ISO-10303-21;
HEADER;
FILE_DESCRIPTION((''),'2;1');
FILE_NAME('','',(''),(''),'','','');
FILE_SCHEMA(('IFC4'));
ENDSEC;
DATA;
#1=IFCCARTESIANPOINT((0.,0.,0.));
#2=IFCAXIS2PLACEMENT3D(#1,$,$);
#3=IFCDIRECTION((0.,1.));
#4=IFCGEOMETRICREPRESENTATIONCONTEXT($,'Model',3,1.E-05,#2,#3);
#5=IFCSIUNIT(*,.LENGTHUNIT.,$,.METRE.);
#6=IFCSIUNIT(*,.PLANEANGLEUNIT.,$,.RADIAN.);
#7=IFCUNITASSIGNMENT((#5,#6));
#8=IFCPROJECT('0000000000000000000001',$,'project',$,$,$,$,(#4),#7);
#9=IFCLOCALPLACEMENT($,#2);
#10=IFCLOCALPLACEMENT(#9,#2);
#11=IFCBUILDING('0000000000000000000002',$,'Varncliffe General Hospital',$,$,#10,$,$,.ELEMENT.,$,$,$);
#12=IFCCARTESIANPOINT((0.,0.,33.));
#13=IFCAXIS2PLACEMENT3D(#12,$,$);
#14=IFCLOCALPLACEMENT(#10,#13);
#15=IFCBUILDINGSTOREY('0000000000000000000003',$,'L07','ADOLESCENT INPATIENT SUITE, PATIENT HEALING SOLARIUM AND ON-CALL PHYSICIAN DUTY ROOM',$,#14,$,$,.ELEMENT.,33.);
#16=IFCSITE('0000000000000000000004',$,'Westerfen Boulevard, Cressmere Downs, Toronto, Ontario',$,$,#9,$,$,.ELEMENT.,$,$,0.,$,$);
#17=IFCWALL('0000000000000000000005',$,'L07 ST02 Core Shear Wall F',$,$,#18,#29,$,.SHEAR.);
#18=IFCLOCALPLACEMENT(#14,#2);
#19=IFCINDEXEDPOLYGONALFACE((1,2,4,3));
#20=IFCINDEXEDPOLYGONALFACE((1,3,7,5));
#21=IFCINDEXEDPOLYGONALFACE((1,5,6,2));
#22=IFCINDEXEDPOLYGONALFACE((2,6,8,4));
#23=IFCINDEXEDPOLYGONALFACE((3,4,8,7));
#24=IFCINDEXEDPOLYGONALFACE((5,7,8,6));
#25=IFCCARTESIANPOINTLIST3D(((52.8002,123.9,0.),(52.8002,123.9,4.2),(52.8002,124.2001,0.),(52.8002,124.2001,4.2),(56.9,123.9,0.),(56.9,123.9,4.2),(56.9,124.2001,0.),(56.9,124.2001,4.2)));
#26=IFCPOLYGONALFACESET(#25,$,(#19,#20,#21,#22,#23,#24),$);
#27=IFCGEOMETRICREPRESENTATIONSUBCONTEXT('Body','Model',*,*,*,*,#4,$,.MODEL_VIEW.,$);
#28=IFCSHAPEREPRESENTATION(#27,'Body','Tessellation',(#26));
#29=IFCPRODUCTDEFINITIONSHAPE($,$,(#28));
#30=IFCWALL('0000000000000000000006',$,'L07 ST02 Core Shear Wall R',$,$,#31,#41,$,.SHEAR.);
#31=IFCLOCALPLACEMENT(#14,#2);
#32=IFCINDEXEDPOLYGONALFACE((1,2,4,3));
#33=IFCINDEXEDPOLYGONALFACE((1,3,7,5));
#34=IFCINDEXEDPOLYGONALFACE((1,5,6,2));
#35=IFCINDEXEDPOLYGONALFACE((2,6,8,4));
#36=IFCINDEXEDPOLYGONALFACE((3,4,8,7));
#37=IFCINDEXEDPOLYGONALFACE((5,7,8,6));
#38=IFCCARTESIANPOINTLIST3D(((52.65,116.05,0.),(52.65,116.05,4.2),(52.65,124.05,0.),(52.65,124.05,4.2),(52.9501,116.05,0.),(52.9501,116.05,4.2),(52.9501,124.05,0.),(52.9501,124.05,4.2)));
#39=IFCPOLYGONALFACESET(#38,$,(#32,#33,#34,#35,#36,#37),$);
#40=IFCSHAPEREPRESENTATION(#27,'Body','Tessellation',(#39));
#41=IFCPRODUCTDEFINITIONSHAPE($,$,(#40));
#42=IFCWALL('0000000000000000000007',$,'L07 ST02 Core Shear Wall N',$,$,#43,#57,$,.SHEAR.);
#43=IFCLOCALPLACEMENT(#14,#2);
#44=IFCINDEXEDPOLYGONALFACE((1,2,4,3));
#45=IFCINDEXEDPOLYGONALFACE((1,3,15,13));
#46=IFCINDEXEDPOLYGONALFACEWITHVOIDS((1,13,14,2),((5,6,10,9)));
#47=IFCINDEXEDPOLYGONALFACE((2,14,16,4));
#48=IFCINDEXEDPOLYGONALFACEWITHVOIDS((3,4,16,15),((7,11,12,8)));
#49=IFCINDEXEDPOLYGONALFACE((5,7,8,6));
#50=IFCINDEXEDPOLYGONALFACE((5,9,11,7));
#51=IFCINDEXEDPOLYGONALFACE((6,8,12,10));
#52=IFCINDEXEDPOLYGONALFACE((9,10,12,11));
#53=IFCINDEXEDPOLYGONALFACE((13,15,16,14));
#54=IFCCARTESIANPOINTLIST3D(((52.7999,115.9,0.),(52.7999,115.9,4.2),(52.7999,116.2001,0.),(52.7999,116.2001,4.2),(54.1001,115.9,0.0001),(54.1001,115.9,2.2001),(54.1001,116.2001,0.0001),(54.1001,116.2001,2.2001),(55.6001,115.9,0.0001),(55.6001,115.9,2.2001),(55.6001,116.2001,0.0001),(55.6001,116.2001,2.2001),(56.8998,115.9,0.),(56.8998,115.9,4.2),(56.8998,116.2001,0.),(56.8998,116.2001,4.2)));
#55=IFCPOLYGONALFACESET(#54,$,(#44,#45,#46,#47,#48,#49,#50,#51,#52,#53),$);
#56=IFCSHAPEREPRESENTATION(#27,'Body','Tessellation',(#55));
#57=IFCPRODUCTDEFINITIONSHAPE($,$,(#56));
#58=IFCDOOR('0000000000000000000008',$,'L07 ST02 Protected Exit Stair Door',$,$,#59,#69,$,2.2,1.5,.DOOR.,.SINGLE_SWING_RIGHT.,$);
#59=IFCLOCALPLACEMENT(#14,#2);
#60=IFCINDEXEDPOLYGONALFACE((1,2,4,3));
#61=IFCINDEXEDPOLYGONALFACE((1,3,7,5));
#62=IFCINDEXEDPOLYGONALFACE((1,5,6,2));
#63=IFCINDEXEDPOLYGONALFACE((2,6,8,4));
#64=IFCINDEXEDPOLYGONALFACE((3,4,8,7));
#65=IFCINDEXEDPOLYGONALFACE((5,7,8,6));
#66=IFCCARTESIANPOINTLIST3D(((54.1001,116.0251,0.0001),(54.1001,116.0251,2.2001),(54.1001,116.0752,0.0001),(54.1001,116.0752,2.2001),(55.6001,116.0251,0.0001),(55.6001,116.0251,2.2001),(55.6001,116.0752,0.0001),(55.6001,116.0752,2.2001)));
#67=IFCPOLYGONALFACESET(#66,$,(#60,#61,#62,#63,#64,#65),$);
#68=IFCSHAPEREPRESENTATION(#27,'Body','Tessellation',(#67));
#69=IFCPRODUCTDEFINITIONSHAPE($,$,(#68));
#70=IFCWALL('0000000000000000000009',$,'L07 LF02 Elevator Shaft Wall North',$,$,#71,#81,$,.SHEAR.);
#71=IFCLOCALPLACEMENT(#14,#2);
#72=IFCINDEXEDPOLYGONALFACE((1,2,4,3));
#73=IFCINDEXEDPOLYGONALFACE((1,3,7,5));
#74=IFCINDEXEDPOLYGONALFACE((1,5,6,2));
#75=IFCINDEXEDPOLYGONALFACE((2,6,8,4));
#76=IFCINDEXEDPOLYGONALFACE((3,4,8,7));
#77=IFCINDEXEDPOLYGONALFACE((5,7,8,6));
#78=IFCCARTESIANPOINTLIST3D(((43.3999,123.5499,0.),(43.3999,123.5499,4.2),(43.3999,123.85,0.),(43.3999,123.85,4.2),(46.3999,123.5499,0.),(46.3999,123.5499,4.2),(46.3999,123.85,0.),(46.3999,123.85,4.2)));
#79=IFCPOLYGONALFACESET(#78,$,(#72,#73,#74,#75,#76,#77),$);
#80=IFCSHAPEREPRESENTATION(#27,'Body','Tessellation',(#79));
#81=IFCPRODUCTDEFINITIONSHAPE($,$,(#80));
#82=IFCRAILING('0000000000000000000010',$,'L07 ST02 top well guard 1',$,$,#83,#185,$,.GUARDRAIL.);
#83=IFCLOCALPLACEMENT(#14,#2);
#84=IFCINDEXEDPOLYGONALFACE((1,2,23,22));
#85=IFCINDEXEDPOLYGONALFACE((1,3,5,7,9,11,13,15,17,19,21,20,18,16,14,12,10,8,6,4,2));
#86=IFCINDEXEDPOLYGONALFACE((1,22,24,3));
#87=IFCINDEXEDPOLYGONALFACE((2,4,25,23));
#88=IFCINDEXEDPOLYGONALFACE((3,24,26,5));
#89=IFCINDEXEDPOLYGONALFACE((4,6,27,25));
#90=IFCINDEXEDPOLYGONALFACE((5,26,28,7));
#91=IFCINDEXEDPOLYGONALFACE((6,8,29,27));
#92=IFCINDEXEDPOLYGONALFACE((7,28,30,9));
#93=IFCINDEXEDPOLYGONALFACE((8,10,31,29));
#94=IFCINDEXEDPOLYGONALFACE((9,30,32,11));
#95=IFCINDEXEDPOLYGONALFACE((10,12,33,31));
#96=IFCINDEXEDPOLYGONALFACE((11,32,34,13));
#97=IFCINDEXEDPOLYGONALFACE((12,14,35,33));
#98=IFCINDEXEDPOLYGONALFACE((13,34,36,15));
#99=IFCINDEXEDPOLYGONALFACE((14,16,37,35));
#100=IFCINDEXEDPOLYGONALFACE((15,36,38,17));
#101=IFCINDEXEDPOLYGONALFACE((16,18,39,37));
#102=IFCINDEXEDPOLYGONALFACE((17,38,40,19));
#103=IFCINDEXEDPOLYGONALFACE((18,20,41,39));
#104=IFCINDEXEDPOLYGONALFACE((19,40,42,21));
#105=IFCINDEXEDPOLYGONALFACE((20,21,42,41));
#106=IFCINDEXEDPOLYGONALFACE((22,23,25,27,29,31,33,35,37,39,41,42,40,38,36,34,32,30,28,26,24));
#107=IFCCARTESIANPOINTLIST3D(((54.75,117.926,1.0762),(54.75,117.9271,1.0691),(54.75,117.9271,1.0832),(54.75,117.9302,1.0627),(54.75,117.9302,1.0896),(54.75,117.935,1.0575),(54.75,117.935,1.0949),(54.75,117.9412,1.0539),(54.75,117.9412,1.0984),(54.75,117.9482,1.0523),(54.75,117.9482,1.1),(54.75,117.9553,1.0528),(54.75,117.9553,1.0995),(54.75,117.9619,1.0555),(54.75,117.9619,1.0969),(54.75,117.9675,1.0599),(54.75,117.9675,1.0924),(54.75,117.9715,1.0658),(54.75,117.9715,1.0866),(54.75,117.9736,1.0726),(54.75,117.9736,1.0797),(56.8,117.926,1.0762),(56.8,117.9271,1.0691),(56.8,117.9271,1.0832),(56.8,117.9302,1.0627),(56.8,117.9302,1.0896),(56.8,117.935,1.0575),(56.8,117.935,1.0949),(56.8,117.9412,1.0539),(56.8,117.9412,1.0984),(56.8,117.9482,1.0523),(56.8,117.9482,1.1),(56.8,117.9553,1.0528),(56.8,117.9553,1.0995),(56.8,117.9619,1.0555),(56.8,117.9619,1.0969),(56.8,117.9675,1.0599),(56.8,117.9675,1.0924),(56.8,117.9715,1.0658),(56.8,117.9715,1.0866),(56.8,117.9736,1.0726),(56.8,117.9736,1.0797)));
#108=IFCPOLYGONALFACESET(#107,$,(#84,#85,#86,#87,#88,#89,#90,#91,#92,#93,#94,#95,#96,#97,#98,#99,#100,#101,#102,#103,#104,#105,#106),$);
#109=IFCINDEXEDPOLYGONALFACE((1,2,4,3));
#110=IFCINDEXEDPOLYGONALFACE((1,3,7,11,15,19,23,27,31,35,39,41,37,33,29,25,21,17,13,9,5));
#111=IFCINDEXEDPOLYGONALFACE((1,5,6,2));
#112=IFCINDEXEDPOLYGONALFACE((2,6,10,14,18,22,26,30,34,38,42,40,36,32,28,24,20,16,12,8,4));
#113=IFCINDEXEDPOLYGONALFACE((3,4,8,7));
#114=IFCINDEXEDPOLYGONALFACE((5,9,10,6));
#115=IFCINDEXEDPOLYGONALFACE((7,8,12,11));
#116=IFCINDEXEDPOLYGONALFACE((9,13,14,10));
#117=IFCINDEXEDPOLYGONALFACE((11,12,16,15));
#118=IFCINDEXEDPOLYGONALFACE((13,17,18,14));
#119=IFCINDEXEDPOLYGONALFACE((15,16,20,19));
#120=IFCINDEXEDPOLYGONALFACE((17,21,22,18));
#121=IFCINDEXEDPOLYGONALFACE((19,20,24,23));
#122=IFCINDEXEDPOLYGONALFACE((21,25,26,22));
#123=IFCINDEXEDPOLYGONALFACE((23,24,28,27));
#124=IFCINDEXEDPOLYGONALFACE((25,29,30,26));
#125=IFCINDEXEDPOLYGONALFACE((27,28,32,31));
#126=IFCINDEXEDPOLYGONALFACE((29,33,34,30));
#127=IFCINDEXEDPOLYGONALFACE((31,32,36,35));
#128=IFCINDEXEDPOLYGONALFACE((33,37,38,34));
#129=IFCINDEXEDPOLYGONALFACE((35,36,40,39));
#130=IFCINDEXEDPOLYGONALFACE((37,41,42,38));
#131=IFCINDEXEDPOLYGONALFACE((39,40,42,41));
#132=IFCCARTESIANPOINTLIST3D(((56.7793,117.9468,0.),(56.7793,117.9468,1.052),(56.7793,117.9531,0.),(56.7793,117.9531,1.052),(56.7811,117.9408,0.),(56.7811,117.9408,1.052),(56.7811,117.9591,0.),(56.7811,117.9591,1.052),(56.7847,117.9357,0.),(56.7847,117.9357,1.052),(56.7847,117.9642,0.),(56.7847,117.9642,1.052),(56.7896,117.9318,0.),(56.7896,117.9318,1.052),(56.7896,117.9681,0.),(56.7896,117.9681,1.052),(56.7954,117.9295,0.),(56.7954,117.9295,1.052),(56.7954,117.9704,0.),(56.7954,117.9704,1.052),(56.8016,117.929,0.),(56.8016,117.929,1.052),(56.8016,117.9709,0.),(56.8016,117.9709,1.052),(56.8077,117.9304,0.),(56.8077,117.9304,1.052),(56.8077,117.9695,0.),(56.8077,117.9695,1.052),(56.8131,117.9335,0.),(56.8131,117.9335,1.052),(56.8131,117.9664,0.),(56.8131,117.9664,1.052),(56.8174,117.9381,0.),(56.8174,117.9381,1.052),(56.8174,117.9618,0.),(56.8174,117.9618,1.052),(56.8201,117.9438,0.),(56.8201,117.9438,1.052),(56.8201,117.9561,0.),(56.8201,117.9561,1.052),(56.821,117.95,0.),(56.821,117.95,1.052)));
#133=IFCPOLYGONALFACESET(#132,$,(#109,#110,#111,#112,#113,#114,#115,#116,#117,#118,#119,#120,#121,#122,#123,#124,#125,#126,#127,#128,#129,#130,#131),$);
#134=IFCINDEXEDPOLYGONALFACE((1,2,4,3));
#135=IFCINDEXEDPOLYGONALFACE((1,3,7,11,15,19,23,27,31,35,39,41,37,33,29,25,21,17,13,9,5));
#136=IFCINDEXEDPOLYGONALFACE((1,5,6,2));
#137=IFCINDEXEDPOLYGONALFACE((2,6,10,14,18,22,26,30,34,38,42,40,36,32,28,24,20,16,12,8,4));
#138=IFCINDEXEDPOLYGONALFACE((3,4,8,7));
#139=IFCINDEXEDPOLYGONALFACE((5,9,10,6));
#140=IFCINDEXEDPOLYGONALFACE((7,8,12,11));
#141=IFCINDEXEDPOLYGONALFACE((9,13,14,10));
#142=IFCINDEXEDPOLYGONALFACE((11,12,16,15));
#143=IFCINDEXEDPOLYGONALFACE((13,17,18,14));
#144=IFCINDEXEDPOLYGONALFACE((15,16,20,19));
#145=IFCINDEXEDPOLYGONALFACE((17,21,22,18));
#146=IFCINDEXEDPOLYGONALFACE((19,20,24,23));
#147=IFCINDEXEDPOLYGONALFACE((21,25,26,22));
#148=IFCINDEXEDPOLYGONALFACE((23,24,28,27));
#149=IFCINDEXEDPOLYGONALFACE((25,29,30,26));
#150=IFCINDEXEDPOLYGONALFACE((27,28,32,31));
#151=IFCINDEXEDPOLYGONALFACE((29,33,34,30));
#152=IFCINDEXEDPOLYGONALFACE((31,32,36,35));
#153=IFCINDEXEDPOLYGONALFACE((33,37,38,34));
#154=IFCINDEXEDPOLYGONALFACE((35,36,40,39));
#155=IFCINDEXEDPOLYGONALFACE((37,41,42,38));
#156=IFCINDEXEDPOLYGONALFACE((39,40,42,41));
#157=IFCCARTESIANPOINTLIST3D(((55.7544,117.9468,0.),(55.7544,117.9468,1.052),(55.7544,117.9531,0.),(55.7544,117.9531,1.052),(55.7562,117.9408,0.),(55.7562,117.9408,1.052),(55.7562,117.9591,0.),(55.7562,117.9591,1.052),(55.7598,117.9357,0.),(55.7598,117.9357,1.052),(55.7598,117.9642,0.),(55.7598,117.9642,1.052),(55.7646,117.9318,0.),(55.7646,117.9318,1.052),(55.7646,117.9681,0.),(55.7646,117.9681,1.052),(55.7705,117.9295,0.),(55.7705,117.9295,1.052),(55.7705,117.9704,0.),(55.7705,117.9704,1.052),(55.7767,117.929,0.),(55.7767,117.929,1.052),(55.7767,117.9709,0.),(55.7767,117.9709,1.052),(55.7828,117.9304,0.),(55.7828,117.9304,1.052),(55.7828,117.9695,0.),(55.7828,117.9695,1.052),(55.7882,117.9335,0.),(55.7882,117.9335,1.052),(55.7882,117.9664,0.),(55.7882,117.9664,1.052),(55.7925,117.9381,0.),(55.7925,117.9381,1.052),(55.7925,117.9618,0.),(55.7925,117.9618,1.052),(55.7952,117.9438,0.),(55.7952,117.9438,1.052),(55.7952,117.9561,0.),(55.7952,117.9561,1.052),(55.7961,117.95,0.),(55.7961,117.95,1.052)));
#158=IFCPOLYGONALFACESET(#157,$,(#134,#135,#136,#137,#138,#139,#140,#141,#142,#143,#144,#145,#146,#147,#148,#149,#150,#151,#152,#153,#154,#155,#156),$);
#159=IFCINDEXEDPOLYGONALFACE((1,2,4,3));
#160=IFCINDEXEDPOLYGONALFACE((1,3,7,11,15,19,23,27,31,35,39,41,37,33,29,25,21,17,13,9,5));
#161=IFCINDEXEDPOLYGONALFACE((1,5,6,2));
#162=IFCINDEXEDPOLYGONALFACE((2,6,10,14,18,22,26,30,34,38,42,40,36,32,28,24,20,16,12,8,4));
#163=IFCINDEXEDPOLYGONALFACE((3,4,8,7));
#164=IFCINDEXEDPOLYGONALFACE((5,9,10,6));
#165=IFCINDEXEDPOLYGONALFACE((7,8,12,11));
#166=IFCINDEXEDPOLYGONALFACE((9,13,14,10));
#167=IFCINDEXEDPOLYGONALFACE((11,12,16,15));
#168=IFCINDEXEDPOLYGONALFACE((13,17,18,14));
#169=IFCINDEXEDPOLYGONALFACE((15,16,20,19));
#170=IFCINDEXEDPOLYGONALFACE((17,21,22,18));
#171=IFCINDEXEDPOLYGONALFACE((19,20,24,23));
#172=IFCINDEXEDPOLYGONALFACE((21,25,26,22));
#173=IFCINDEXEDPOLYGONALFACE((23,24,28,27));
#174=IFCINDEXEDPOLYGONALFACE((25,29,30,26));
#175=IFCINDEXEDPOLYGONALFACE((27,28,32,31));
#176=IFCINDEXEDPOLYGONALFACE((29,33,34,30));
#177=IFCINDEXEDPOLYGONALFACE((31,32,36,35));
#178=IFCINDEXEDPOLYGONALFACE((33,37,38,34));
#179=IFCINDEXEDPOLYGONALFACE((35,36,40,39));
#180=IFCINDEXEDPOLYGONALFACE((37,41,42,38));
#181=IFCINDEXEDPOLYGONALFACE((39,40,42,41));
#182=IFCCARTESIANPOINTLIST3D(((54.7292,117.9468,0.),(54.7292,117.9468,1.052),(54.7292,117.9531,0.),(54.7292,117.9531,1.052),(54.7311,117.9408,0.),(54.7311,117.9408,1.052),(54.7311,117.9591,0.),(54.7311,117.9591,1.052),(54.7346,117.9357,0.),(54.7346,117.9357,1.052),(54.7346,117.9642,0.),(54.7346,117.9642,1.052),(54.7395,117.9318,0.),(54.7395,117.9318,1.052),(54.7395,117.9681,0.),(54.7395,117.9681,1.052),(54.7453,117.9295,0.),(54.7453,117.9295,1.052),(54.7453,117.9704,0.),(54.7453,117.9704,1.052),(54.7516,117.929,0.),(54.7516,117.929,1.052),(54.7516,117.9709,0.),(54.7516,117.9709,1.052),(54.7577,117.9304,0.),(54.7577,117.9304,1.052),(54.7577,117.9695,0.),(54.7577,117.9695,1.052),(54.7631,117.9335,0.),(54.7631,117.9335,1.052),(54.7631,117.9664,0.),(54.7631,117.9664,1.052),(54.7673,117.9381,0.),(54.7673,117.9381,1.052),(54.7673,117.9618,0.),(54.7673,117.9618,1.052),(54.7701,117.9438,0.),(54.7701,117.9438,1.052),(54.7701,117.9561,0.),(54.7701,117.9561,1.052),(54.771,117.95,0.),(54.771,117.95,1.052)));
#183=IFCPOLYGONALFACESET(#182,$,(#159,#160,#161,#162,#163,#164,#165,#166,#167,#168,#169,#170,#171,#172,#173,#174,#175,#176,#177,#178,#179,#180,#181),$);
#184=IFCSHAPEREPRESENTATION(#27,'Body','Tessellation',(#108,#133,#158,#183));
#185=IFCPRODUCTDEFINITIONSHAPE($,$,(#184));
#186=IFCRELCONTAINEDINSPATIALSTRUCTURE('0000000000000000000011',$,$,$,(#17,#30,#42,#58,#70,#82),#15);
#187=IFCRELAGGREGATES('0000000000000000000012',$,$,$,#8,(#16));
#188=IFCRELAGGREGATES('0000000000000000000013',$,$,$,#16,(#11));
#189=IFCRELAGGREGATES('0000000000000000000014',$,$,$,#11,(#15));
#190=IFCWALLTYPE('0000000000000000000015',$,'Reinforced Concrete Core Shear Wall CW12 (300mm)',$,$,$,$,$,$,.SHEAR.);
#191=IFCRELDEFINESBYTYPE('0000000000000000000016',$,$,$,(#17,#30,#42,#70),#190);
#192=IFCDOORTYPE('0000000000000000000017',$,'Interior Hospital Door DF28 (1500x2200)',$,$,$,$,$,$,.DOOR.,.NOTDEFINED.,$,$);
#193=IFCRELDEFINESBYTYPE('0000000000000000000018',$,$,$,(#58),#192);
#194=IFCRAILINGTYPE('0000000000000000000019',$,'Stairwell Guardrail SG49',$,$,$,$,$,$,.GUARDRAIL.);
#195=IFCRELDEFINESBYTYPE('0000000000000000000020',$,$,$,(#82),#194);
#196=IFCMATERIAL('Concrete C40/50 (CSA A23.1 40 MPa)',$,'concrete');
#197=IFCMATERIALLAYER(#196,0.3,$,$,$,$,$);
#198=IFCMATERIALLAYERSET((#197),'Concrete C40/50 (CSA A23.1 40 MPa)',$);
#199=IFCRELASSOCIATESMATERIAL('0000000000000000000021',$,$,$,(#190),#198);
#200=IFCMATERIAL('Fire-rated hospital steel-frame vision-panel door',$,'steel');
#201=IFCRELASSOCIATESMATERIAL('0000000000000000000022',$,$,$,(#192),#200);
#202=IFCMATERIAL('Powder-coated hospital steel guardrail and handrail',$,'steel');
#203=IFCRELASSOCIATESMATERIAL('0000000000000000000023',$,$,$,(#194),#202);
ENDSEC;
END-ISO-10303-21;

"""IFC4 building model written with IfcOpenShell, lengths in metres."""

from ifc_helpers import new_model, si_unit, direction, frame, frame_2d, origin, origin_2d, place, context, subcontext, project, spatial, rectangle, circle, extrude, material, layer, layer_set, type_object, element, fill, save


model = new_model("IFC4")

# Units and contexts
model_context = context("Model", 3, precision=1e-05, world=origin(), true_north=direction((0.0, 1.0)))
body_context = subcontext(model_context, "Body", "Model", "MODEL_VIEW")
ifc_project = project(units=[si_unit("LENGTHUNIT", "METRE"), si_unit("PLANEANGLEUNIT", "RADIAN")], contexts=[model_context])

# Site, building, storey
site_placement = place(None, origin())
site = spatial("IfcSite", under=ifc_project, at=site_placement, Name="Westerfen Boulevard, Cressmere Downs, Toronto, Ontario", CompositionType="ELEMENT", RefElevation=0.0)
building_placement = place(site_placement, origin())
building = spatial("IfcBuilding", under=site, at=building_placement, Name="Varncliffe General Hospital", CompositionType="ELEMENT")
storey_placement = place(building_placement, frame((0.0, 0.0, 33.0)))
storey = spatial("IfcBuildingStorey", under=building, at=storey_placement, Name="L07", Description="ADOLESCENT INPATIENT SUITE, PATIENT HEALING SOLARIUM AND ON-CALL PHYSICIAN DUTY ROOM", CompositionType="ELEMENT", Elevation=33.0)

# Shared definitions
ifc_material_1 = material(Name="Concrete C40/50 (CSA A23.1 40 MPa)", Category="concrete")

# Shared definitions
ifc_material_2 = material(Name="Fire-rated hospital steel-frame vision-panel door", Category="steel")

# Walls
ifc_layer_1 = layer(ifc_material_1, 0.3)
ifc_layer_set_1 = layer_set([ifc_layer_1], Name="Concrete C40/50 (CSA A23.1 40 MPa)")
wall_type_1 = type_object("IfcWallType", Name="Reinforced Concrete Core Shear Wall CW12 (300mm)", PredefinedType="SHEAR", material=ifc_layer_set_1)
wall_1_placement = place(storey_placement, frame((56.8999, 124.05, 0.0), z_axis=(0.0, 0.0, 1.0), x_axis=(-1.0, 0.0, 0.0)))
element("IfcWall", 1, at=wall_1_placement, inside=storey, type_object=wall_type_1, Name="L07 ST02 Core Shear Wall F", PredefinedType="SHEAR", context=body_context, shape_type="SweptSolid", body=[
    extrude(rectangle(XDim=4.0999, YDim=0.3, at=frame_2d((2.0498, 0.0))), origin(), (0.0, 0.0, 1.0), 4.2),
])
wall_2_placement = place(storey_placement, frame((52.8, 124.05, 0.0), z_axis=(0.0, 0.0, 1.0), x_axis=(0.0, -1.0, 0.0)))
element("IfcWall", 2, at=wall_2_placement, inside=storey, type_object=wall_type_1, Name="L07 ST02 Core Shear Wall R", PredefinedType="SHEAR", context=body_context, shape_type="SweptSolid", body=[
    extrude(rectangle(XDim=8.0, YDim=0.3, at=frame_2d((4.0, 0.0))), origin(), (0.0, 0.0, 1.0), 4.2),
])

# Wall, opening, door
wall_3_placement = place(storey_placement, frame((52.8, 116.05, 0.0), z_axis=(0.0, 0.0, 1.0), x_axis=(1.0, 0.0, 0.0)))
wall_3 = element("IfcWall", 3, at=wall_3_placement, inside=storey, type_object=wall_type_1, Name="L07 ST02 Core Shear Wall N", PredefinedType="SHEAR", context=body_context, shape_type="SweptSolid", body=[
    extrude(rectangle(XDim=4.0999, YDim=0.3, at=frame_2d((2.0498, 0.0))), origin(), (0.0, 0.0, 1.0), 4.2),
])
opening_1_placement = place(wall_3_placement, frame((1.3, 0.0, 0.0)))
opening_1 = element("IfcOpeningElement", 4, at=opening_1_placement, cuts=wall_3, PredefinedType="OPENING", context=body_context, shape_type="SweptSolid", body=[
    extrude(rectangle(XDim=1.5, YDim=2.2, at=frame_2d((0.75, 1.1001))), frame((0.0, 0.1602, 0.0), z_axis=(0.0, -1.0, 0.0), x_axis=(1.0, 0.0, 0.0)), (0.0, 0.0, 1.0), 0.3201),
])
door_type_1 = type_object("IfcDoorType", Name="Interior Hospital Door DF28 (1500x2200)", OperationType="NOTDEFINED", PredefinedType="DOOR", material=ifc_material_2)
door_1_placement = place(opening_1_placement, frame((1.5, 0.0, 0.0), z_axis=(0.0, 0.0, 1.0), x_axis=(-1.0, 0.0, 0.0)))
door_1 = element("IfcDoor", 5, at=door_1_placement, inside=storey, type_object=door_type_1, Name="L07 ST02 Protected Exit Stair Door", OperationType="SINGLE_SWING_RIGHT", OverallHeight=2.2, OverallWidth=1.5, PredefinedType="DOOR", context=body_context, shape_type="SweptSolid", body=[
    extrude(rectangle(XDim=1.5, YDim=2.2, at=frame_2d((0.75, 1.1001))), frame((0.0, 0.0249, 0.0), z_axis=(0.0, -1.0, 0.0), x_axis=(1.0, 0.0, 0.0)), (0.0, 0.0, 1.0), 0.05),
])
fill(opening_1, door_1)

# Wall
wall_4_placement = place(storey_placement, frame((46.3999, 123.7, 0.0), z_axis=(0.0, 0.0, 1.0), x_axis=(-1.0, 0.0, 0.0)))
element("IfcWall", 6, at=wall_4_placement, inside=storey, type_object=wall_type_1, Name="L07 LF02 Elevator Shaft Wall North", PredefinedType="SHEAR", context=body_context, shape_type="SweptSolid", body=[
    extrude(rectangle(XDim=3.0, YDim=0.3, at=frame_2d((1.5, 0.0))), origin(), (0.0, 0.0, 1.0), 4.2),
])

# Railing
ifc_material_3 = material(Name="Powder-coated hospital steel guardrail and handrail", Category="steel")
railing_type = type_object("IfcRailingType", Name="Stairwell Guardrail SG49", PredefinedType="GUARDRAIL", material=ifc_material_3)
railing_placement = place(storey_placement, frame((56.8, 117.95, 0.0)))
element("IfcRailing", 7, at=railing_placement, inside=storey, type_object=railing_type, Name="L07 ST02 top well guard 1", PredefinedType="GUARDRAIL", context=body_context, shape_type="SweptSolid", body=[
    extrude(circle(Radius=0.0239, at=origin_2d()), frame((0.0, 0.0, 1.0762), z_axis=(-1.0, 0.0, 0.0), x_axis=(0.0, -1.0, 0.0)), (0.0, 0.0, 1.0), 2.05),
    extrude(circle(Radius=0.021, at=origin_2d()), origin(), (0.0, 0.0, 1.0), 1.052),
    extrude(circle(Radius=0.021, at=origin_2d()), frame((-1.0249, 0.0, 0.0)), (0.0, 0.0, 1.0), 1.052),
    extrude(circle(Radius=0.021, at=origin_2d()), frame((-2.05, 0.0, 0.0)), (0.0, 0.0, 1.0), 1.052),
])

save(model, "model.ifc")
